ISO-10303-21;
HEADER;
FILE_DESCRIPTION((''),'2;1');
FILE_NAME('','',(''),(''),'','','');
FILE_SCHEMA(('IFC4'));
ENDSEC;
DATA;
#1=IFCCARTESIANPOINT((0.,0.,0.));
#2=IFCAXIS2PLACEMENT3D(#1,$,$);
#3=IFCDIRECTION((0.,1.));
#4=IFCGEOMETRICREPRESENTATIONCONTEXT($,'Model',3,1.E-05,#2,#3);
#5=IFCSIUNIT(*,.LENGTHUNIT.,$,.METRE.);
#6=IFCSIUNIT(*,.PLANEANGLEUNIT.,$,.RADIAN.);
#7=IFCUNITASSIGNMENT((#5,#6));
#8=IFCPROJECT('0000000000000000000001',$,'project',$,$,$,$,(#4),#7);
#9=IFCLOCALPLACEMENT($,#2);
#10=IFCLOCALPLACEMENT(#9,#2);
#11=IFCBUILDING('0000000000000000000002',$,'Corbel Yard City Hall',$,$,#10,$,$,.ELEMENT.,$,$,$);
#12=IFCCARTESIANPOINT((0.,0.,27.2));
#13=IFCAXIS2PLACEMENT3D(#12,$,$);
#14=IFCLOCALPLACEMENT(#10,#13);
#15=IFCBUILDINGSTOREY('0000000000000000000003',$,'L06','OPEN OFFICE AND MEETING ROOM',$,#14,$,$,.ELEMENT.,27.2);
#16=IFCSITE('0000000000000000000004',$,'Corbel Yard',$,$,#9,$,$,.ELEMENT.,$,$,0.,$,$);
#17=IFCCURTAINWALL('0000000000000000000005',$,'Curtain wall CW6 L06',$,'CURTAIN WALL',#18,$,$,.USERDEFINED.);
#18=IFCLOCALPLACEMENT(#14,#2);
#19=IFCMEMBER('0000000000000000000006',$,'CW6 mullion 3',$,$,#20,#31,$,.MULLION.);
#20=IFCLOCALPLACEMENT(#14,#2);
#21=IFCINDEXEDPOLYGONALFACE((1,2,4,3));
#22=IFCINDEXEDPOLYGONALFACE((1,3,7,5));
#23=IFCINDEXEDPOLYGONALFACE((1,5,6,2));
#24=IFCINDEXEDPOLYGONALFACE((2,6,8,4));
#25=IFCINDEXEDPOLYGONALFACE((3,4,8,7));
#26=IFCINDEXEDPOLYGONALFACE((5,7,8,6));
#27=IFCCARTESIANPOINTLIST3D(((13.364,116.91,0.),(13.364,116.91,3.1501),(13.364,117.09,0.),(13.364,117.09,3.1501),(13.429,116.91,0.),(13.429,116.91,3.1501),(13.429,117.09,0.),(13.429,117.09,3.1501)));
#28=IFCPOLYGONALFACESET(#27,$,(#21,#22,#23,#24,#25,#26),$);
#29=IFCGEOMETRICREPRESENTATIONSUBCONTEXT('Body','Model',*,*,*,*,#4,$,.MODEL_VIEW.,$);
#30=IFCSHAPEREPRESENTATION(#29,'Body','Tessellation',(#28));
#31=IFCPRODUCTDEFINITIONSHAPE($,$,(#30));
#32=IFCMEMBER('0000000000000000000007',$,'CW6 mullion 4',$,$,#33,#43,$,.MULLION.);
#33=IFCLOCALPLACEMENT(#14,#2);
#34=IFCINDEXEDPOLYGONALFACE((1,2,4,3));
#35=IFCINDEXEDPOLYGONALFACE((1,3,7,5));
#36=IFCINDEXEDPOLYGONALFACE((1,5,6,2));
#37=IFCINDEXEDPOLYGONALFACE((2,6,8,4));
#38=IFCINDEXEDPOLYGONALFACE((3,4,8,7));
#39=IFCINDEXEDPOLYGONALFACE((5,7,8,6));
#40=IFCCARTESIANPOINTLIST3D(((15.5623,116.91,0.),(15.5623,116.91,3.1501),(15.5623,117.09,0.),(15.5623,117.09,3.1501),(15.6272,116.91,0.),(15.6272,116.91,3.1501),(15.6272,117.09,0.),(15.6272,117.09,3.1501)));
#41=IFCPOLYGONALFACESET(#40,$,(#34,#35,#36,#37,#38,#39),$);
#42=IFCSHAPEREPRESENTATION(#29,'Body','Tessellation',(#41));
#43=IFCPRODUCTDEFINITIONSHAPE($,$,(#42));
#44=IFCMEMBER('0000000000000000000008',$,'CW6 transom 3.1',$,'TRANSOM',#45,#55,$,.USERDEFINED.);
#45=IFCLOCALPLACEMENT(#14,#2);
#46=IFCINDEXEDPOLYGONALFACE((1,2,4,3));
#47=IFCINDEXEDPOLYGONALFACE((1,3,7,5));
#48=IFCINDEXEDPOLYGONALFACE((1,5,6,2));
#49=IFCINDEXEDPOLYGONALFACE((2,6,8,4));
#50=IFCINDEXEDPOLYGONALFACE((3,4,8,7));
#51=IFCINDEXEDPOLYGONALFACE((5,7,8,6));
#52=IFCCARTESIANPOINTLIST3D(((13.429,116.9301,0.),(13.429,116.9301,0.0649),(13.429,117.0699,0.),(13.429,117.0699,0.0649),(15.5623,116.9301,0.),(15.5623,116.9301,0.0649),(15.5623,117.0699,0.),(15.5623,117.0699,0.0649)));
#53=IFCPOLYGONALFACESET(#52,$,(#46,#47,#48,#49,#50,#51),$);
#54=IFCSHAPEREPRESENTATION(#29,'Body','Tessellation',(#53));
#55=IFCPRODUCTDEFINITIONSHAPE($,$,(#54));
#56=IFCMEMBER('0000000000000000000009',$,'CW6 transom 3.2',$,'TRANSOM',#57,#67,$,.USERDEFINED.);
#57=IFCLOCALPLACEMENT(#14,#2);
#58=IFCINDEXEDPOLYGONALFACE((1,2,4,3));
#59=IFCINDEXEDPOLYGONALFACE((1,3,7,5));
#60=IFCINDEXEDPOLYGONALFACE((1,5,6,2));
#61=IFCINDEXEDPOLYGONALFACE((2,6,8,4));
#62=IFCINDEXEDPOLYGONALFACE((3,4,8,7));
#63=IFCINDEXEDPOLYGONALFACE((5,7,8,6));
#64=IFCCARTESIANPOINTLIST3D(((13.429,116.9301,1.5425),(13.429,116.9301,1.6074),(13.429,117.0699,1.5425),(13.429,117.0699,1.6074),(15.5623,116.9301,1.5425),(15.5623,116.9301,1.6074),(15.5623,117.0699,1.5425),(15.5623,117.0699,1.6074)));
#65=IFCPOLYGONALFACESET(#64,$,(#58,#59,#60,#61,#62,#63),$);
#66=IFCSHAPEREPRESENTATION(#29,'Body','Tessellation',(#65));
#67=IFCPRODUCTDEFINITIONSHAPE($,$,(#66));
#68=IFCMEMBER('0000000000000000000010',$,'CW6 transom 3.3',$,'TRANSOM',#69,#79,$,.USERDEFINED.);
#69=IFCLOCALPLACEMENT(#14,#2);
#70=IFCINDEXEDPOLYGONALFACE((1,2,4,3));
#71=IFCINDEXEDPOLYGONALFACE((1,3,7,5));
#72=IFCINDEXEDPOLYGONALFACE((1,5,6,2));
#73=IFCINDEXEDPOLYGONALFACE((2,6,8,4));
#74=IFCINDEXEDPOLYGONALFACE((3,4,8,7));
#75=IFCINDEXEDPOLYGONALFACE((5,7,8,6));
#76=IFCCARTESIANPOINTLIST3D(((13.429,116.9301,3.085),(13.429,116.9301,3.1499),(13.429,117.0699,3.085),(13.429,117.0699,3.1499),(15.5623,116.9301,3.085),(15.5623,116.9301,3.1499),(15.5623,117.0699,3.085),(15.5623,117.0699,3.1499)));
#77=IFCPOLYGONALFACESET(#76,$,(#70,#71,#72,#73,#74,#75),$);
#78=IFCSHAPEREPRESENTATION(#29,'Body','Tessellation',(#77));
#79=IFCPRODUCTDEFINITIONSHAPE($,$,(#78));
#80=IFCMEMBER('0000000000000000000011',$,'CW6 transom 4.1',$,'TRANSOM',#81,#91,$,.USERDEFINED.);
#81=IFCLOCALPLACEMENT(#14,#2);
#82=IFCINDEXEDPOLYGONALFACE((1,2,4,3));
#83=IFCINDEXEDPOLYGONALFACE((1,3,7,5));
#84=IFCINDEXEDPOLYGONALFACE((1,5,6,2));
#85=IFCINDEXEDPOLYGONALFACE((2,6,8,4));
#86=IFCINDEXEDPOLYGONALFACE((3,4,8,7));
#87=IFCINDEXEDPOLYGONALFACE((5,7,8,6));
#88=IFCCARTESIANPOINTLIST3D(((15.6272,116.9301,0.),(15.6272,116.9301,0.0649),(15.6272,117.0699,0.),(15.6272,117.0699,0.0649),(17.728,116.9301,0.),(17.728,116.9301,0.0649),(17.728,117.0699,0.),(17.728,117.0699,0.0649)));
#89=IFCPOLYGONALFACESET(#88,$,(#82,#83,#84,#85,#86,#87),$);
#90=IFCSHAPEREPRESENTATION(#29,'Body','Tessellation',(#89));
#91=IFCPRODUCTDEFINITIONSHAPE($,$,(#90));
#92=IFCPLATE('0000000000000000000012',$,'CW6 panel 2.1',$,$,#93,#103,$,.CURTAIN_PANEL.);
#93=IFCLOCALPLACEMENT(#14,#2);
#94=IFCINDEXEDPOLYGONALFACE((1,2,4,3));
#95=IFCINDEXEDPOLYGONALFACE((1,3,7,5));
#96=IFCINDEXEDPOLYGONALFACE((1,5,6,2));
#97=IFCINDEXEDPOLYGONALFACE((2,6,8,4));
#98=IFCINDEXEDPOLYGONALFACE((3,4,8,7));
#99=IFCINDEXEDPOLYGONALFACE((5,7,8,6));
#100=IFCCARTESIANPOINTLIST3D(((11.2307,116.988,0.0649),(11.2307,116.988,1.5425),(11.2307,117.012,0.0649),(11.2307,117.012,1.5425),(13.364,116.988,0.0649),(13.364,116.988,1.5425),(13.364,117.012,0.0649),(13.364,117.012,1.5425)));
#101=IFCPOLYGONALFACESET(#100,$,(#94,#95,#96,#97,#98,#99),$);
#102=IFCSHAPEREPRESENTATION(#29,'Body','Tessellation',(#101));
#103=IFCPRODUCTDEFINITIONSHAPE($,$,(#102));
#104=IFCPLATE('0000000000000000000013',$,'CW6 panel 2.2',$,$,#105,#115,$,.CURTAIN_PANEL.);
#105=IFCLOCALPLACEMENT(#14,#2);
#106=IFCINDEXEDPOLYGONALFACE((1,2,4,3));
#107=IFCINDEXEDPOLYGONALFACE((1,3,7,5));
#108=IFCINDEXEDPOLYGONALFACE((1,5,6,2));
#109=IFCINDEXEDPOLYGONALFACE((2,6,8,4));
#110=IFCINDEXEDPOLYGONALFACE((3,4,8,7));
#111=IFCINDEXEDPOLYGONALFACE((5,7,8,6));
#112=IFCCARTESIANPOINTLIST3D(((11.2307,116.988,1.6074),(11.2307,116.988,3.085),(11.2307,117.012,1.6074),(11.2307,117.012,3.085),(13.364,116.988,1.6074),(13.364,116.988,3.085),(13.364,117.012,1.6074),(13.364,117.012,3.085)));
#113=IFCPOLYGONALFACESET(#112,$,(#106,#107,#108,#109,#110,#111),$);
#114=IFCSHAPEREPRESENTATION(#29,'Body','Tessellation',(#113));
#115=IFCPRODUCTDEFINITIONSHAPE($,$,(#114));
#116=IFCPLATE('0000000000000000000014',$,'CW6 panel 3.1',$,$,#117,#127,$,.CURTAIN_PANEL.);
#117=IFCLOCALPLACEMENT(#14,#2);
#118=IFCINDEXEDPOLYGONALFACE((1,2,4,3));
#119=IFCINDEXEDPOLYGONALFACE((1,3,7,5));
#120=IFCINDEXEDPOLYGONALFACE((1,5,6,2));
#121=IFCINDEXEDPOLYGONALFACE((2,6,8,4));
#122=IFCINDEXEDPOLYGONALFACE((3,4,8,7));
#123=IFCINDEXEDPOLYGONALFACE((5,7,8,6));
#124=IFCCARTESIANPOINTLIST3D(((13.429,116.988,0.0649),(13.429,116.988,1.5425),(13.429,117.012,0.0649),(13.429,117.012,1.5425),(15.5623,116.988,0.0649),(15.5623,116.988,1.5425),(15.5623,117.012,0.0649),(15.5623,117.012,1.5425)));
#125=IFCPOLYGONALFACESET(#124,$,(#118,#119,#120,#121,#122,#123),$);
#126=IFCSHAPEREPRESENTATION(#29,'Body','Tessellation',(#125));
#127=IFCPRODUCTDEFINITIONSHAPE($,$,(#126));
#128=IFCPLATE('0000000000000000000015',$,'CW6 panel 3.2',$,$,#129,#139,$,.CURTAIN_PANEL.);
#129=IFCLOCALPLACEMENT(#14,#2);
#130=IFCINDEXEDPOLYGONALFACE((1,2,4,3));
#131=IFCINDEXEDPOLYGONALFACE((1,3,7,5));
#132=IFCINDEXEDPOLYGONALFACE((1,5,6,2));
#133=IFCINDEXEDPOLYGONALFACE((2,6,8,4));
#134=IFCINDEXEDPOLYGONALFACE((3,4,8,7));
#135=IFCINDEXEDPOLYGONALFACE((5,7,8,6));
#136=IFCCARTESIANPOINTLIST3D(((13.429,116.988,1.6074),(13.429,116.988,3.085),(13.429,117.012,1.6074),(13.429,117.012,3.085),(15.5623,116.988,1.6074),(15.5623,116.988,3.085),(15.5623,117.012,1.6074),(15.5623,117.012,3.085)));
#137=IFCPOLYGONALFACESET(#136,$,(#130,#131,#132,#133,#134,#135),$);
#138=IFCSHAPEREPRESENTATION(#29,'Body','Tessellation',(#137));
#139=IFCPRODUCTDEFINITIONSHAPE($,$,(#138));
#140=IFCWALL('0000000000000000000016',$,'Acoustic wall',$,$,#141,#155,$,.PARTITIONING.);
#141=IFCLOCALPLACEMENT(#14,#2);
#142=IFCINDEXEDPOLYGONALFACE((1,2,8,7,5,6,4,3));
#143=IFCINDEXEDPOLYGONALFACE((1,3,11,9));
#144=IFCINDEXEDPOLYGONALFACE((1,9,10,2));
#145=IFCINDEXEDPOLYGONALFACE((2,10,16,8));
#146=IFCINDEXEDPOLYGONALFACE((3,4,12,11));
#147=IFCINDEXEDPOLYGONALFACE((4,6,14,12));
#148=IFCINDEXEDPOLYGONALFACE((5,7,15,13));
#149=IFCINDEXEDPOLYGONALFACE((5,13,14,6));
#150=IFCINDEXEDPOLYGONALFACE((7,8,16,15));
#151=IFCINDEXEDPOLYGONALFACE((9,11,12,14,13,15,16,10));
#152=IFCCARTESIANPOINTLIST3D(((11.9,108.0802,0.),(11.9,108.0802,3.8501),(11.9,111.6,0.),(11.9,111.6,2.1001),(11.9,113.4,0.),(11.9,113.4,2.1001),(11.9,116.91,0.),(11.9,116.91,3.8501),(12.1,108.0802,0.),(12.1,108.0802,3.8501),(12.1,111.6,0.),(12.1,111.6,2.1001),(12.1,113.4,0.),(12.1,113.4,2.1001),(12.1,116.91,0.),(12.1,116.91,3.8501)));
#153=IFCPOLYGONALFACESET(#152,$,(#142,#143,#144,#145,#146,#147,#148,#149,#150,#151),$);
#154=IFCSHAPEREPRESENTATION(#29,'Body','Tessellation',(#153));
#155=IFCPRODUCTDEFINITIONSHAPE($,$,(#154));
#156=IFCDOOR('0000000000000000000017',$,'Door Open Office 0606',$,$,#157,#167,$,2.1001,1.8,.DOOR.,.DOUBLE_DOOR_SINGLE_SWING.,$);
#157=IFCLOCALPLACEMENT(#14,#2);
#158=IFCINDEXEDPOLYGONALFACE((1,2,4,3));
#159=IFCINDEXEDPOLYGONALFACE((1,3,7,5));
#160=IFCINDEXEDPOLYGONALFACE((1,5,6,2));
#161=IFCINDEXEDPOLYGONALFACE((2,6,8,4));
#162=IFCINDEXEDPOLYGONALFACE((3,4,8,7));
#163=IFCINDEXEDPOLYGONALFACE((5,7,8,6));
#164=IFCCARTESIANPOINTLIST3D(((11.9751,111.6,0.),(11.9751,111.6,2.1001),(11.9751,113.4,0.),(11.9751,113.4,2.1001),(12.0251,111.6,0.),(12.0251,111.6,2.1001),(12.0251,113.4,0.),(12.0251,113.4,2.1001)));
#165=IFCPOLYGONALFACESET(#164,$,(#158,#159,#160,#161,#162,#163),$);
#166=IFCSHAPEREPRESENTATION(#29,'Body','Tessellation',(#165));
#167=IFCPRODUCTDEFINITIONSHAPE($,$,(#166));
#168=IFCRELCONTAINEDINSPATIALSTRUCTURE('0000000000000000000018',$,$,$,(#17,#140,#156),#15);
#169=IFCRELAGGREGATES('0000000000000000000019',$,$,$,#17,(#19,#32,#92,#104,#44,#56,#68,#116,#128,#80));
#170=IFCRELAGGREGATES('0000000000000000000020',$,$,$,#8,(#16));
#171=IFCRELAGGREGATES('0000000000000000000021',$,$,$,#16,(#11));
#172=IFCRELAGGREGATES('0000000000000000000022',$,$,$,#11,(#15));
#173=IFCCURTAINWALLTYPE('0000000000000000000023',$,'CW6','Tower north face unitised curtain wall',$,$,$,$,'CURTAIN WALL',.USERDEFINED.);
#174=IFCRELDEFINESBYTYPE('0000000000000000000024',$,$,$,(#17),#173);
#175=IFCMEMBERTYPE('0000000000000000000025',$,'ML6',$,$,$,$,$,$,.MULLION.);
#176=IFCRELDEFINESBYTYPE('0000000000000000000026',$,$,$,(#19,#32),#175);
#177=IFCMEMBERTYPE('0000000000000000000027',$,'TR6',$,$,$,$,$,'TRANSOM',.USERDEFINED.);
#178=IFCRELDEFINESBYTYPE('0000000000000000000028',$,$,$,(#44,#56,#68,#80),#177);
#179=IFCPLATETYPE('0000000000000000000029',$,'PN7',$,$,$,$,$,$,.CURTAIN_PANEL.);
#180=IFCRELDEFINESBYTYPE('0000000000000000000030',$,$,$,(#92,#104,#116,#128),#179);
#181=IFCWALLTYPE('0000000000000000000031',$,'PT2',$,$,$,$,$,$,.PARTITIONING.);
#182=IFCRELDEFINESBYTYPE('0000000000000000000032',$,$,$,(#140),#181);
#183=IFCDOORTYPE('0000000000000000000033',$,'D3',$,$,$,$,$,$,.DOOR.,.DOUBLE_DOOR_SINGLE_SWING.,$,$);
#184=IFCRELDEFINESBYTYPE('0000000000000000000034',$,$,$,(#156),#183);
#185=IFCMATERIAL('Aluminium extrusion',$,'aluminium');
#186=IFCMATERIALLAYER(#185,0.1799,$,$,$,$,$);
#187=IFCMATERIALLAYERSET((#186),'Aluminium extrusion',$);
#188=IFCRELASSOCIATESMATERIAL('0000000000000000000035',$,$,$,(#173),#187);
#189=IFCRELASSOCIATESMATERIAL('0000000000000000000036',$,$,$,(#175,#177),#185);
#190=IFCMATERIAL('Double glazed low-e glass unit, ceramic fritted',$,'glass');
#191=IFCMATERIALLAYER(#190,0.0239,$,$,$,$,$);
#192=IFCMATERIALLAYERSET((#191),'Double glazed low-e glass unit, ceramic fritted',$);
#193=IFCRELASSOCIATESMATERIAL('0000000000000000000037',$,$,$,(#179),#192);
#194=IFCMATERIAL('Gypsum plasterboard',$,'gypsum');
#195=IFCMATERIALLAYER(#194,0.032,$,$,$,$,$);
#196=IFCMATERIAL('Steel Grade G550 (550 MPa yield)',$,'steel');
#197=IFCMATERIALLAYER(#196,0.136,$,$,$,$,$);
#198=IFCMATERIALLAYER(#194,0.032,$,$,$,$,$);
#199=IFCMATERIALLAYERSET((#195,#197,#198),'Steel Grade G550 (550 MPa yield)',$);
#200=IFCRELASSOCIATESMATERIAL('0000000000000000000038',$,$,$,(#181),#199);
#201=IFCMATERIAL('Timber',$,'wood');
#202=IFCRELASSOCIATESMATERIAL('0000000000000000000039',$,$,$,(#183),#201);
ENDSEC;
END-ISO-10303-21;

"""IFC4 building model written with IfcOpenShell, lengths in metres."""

from ifc_helpers import new_model, si_unit, direction, frame, frame_2d, origin, origin_2d, place, context, subcontext, project, spatial, rectangle, extrude, material, layer, layer_set, material_profile, profile_set, type_object, element, fill, aggregate, save


model = new_model("IFC4")

# Units and contexts
model_context = context("Model", 3, precision=1e-05, world=origin(), true_north=direction((0.0, 1.0)))
body_context = subcontext(model_context, "Body", "Model", "MODEL_VIEW")
ifc_project = project(units=[si_unit("LENGTHUNIT", "METRE"), si_unit("PLANEANGLEUNIT", "RADIAN")], contexts=[model_context])

# Site, building, storey
site_placement = place(None, origin())
site = spatial("IfcSite", under=ifc_project, at=site_placement, Name="Corbel Yard", CompositionType="ELEMENT", RefElevation=0.0)
building_placement = place(site_placement, origin())
building = spatial("IfcBuilding", under=site, at=building_placement, Name="Corbel Yard City Hall", CompositionType="ELEMENT")
storey_placement = place(building_placement, frame((0.0, 0.0, 27.2)))
storey = spatial("IfcBuildingStorey", under=building, at=storey_placement, Name="L06", Description="OPEN OFFICE AND MEETING ROOM", CompositionType="ELEMENT", Elevation=27.2)

# Curtain wall, members, plates
ifc_material_1 = material(Name="Aluminium extrusion", Category="aluminium")
ifc_layer_1 = layer(ifc_material_1, 0.1799)
ifc_layer_set_1 = layer_set([ifc_layer_1], Name="Aluminium extrusion")
curtain_wall_type = type_object("IfcCurtainWallType", Name="CW6", Description="Tower north face unitised curtain wall", ElementType="CURTAIN WALL", PredefinedType="USERDEFINED", material=ifc_layer_set_1)
curtain_wall_placement = place(storey_placement, origin())
curtain_wall = element("IfcCurtainWall", 1, at=curtain_wall_placement, inside=storey, type_object=curtain_wall_type, Name="Curtain wall CW6 L06", ObjectType="CURTAIN WALL", PredefinedType="USERDEFINED")
ifc_material_profile_1 = material_profile(ifc_material_1, rectangle(XDim=0.1799, YDim=0.0649, at=origin_2d()), Name="180x65")
ifc_profile_set_1 = profile_set([ifc_material_profile_1], Name="Aluminium extrusion")
member_type_1 = type_object("IfcMemberType", Name="ML6", PredefinedType="MULLION", material=ifc_profile_set_1)
member_1_placement = place(storey_placement, frame((13.3965, 117.0, 0.0), z_axis=(0.0, 0.0, 1.0), x_axis=(0.0, 1.0, 0.0)))
member_1 = element("IfcMember", 2, at=member_1_placement, type_object=member_type_1, Name="CW6 mullion 3", PredefinedType="MULLION", context=body_context, shape_type="SweptSolid", body=[
    extrude(rectangle(XDim=0.1799, YDim=0.0649, at=origin_2d()), origin(), (0.0, 0.0, 1.0), 3.1501),
])
member_2_placement = place(storey_placement, frame((15.5947, 117.0, 0.0), z_axis=(0.0, 0.0, 1.0), x_axis=(0.0, 1.0, 0.0)))
member_2 = element("IfcMember", 3, at=member_2_placement, type_object=member_type_1, Name="CW6 mullion 4", PredefinedType="MULLION", context=body_context, shape_type="SweptSolid", body=[
    extrude(rectangle(XDim=0.1799, YDim=0.0649, at=origin_2d()), origin(), (0.0, 0.0, 1.0), 3.1501),
])
ifc_material_profile_2 = material_profile(ifc_material_1, rectangle(XDim=0.1399, YDim=0.0649, at=origin_2d()), Name="140x65")
ifc_profile_set_2 = profile_set([ifc_material_profile_2], Name="Aluminium extrusion")
member_type_2 = type_object("IfcMemberType", Name="TR6", ElementType="TRANSOM", PredefinedType="USERDEFINED", material=ifc_profile_set_2)
member_3_placement = place(storey_placement, frame((13.429, 117.0, 0.0325), z_axis=(1.0, 0.0, 0.0), x_axis=(0.0, 1.0, 0.0)))
member_3 = element("IfcMember", 4, at=member_3_placement, type_object=member_type_2, Name="CW6 transom 3.1", ObjectType="TRANSOM", PredefinedType="USERDEFINED", context=body_context, shape_type="SweptSolid", body=[
    extrude(rectangle(XDim=0.1399, YDim=0.0649, at=origin_2d()), origin(), (0.0, 0.0, 1.0), 2.1333),
])
member_4_placement = place(storey_placement, frame((13.429, 117.0, 1.575), z_axis=(1.0, 0.0, 0.0), x_axis=(0.0, 1.0, 0.0)))
member_4 = element("IfcMember", 5, at=member_4_placement, type_object=member_type_2, Name="CW6 transom 3.2", ObjectType="TRANSOM", PredefinedType="USERDEFINED", context=body_context, shape_type="SweptSolid", body=[
    extrude(rectangle(XDim=0.1399, YDim=0.0649, at=origin_2d()), origin(), (0.0, 0.0, 1.0), 2.1333),
])
member_5_placement = place(storey_placement, frame((13.429, 117.0, 3.1174), z_axis=(1.0, 0.0, 0.0), x_axis=(0.0, 1.0, 0.0)))
member_5 = element("IfcMember", 6, at=member_5_placement, type_object=member_type_2, Name="CW6 transom 3.3", ObjectType="TRANSOM", PredefinedType="USERDEFINED", context=body_context, shape_type="SweptSolid", body=[
    extrude(rectangle(XDim=0.1399, YDim=0.0649, at=origin_2d()), origin(), (0.0, 0.0, 1.0), 2.1333),
])
member_6_placement = place(storey_placement, frame((15.6272, 117.0, 0.0325), z_axis=(1.0, 0.0, 0.0), x_axis=(0.0, 1.0, 0.0)))
member_6 = element("IfcMember", 7, at=member_6_placement, type_object=member_type_2, Name="CW6 transom 4.1", ObjectType="TRANSOM", PredefinedType="USERDEFINED", context=body_context, shape_type="SweptSolid", body=[
    extrude(rectangle(XDim=0.1399, YDim=0.0649, at=origin_2d()), origin(), (0.0, 0.0, 1.0), 2.1008),
])
ifc_material_2 = material(Name="Double glazed low-e glass unit, ceramic fritted", Category="glass")
ifc_layer_2 = layer(ifc_material_2, 0.0239)
ifc_layer_set_2 = layer_set([ifc_layer_2], Name="Double glazed low-e glass unit, ceramic fritted")
plate_type = type_object("IfcPlateType", Name="PN7", PredefinedType="CURTAIN_PANEL", material=ifc_layer_set_2)
plate_1_placement = place(storey_placement, frame((12.2974, 117.0, 0.0649), z_axis=(0.0, 0.0, 1.0), x_axis=(1.0, 0.0, 0.0)))
plate_1 = element("IfcPlate", 8, at=plate_1_placement, type_object=plate_type, Name="CW6 panel 2.1", PredefinedType="CURTAIN_PANEL", context=body_context, shape_type="SweptSolid", body=[
    extrude(rectangle(XDim=2.1333, YDim=0.0239, at=origin_2d()), origin(), (0.0, 0.0, 1.0), 1.4775),
])
plate_2_placement = place(storey_placement, frame((12.2974, 117.0, 1.6074), z_axis=(0.0, 0.0, 1.0), x_axis=(1.0, 0.0, 0.0)))
plate_2 = element("IfcPlate", 9, at=plate_2_placement, type_object=plate_type, Name="CW6 panel 2.2", PredefinedType="CURTAIN_PANEL", context=body_context, shape_type="SweptSolid", body=[
    extrude(rectangle(XDim=2.1333, YDim=0.0239, at=origin_2d()), origin(), (0.0, 0.0, 1.0), 1.4775),
])
plate_3_placement = place(storey_placement, frame((14.4956, 117.0, 0.0649), z_axis=(0.0, 0.0, 1.0), x_axis=(1.0, 0.0, 0.0)))
plate_3 = element("IfcPlate", 10, at=plate_3_placement, type_object=plate_type, Name="CW6 panel 3.1", PredefinedType="CURTAIN_PANEL", context=body_context, shape_type="SweptSolid", body=[
    extrude(rectangle(XDim=2.1333, YDim=0.0239, at=origin_2d()), origin(), (0.0, 0.0, 1.0), 1.4775),
])
plate_4_placement = place(storey_placement, frame((14.4956, 117.0, 1.6074), z_axis=(0.0, 0.0, 1.0), x_axis=(1.0, 0.0, 0.0)))
plate_4 = element("IfcPlate", 11, at=plate_4_placement, type_object=plate_type, Name="CW6 panel 3.2", PredefinedType="CURTAIN_PANEL", context=body_context, shape_type="SweptSolid", body=[
    extrude(rectangle(XDim=2.1333, YDim=0.0239, at=origin_2d()), origin(), (0.0, 0.0, 1.0), 1.4775),
])
aggregate(curtain_wall, [member_1, member_2, plate_1, plate_2, member_3, member_4, member_5, plate_3, plate_4, member_6])

# Wall, opening, door
ifc_material_3 = material(Name="Gypsum plasterboard", Category="gypsum")
ifc_layer_3 = layer(ifc_material_3, 0.032)
ifc_material_4 = material(Name="Steel Grade G550 (550 MPa yield)", Category="steel")
ifc_layer_4 = layer(ifc_material_4, 0.136)
ifc_layer_5 = layer(ifc_material_3, 0.032)
ifc_layer_set_3 = layer_set([ifc_layer_3, ifc_layer_4, ifc_layer_5], Name="Steel Grade G550 (550 MPa yield)")
wall_type_1 = type_object("IfcWallType", Name="PT2", PredefinedType="PARTITIONING", material=ifc_layer_set_3)
wall_1_placement = place(storey_placement, frame((12.0, 108.0801, 0.0), z_axis=(0.0, 0.0, 1.0), x_axis=(0.0, 1.0, 0.0)))
wall_1 = element("IfcWall", 12, at=wall_1_placement, inside=storey, type_object=wall_type_1, Name="Acoustic wall", PredefinedType="PARTITIONING", context=body_context, shape_type="SweptSolid", body=[
    extrude(rectangle(XDim=8.8298, YDim=0.2, at=frame_2d((4.415, 0.0))), origin(), (0.0, 0.0, 1.0), 3.8501),
])
opening_1_placement = place(wall_1_placement, frame((3.52, 0.0, 0.0)))
opening_1 = element("IfcOpeningElement", 13, at=opening_1_placement, cuts=wall_1, PredefinedType="OPENING", context=body_context, shape_type="SweptSolid", body=[
    extrude(rectangle(XDim=1.8, YDim=2.1001, at=frame_2d((0.8999, 1.05))), frame((0.0, 0.1099, 0.0), z_axis=(0.0, -1.0, 0.0), x_axis=(1.0, 0.0, 0.0)), (0.0, 0.0, 1.0), 0.22),
])
ifc_material_5 = material(Name="Timber", Category="wood")
door_type_1 = type_object("IfcDoorType", Name="D3", OperationType="DOUBLE_DOOR_SINGLE_SWING", PredefinedType="DOOR", material=ifc_material_5)
door_1_placement = place(opening_1_placement, origin())
door_1 = element("IfcDoor", 14, at=door_1_placement, inside=storey, type_object=door_type_1, Name="Door Open Office 0606", OperationType="DOUBLE_DOOR_SINGLE_SWING", OverallHeight=2.1001, OverallWidth=1.8, PredefinedType="DOOR", context=body_context, shape_type="SweptSolid", body=[
    extrude(rectangle(XDim=1.8, YDim=2.1001, at=frame_2d((0.8999, 1.05))), frame((0.0, 0.0249, 0.0), z_axis=(0.0, -1.0, 0.0), x_axis=(1.0, 0.0, 0.0)), (0.0, 0.0, 1.0), 0.05),
])
fill(opening_1, door_1)

save(model, "model.ifc")
